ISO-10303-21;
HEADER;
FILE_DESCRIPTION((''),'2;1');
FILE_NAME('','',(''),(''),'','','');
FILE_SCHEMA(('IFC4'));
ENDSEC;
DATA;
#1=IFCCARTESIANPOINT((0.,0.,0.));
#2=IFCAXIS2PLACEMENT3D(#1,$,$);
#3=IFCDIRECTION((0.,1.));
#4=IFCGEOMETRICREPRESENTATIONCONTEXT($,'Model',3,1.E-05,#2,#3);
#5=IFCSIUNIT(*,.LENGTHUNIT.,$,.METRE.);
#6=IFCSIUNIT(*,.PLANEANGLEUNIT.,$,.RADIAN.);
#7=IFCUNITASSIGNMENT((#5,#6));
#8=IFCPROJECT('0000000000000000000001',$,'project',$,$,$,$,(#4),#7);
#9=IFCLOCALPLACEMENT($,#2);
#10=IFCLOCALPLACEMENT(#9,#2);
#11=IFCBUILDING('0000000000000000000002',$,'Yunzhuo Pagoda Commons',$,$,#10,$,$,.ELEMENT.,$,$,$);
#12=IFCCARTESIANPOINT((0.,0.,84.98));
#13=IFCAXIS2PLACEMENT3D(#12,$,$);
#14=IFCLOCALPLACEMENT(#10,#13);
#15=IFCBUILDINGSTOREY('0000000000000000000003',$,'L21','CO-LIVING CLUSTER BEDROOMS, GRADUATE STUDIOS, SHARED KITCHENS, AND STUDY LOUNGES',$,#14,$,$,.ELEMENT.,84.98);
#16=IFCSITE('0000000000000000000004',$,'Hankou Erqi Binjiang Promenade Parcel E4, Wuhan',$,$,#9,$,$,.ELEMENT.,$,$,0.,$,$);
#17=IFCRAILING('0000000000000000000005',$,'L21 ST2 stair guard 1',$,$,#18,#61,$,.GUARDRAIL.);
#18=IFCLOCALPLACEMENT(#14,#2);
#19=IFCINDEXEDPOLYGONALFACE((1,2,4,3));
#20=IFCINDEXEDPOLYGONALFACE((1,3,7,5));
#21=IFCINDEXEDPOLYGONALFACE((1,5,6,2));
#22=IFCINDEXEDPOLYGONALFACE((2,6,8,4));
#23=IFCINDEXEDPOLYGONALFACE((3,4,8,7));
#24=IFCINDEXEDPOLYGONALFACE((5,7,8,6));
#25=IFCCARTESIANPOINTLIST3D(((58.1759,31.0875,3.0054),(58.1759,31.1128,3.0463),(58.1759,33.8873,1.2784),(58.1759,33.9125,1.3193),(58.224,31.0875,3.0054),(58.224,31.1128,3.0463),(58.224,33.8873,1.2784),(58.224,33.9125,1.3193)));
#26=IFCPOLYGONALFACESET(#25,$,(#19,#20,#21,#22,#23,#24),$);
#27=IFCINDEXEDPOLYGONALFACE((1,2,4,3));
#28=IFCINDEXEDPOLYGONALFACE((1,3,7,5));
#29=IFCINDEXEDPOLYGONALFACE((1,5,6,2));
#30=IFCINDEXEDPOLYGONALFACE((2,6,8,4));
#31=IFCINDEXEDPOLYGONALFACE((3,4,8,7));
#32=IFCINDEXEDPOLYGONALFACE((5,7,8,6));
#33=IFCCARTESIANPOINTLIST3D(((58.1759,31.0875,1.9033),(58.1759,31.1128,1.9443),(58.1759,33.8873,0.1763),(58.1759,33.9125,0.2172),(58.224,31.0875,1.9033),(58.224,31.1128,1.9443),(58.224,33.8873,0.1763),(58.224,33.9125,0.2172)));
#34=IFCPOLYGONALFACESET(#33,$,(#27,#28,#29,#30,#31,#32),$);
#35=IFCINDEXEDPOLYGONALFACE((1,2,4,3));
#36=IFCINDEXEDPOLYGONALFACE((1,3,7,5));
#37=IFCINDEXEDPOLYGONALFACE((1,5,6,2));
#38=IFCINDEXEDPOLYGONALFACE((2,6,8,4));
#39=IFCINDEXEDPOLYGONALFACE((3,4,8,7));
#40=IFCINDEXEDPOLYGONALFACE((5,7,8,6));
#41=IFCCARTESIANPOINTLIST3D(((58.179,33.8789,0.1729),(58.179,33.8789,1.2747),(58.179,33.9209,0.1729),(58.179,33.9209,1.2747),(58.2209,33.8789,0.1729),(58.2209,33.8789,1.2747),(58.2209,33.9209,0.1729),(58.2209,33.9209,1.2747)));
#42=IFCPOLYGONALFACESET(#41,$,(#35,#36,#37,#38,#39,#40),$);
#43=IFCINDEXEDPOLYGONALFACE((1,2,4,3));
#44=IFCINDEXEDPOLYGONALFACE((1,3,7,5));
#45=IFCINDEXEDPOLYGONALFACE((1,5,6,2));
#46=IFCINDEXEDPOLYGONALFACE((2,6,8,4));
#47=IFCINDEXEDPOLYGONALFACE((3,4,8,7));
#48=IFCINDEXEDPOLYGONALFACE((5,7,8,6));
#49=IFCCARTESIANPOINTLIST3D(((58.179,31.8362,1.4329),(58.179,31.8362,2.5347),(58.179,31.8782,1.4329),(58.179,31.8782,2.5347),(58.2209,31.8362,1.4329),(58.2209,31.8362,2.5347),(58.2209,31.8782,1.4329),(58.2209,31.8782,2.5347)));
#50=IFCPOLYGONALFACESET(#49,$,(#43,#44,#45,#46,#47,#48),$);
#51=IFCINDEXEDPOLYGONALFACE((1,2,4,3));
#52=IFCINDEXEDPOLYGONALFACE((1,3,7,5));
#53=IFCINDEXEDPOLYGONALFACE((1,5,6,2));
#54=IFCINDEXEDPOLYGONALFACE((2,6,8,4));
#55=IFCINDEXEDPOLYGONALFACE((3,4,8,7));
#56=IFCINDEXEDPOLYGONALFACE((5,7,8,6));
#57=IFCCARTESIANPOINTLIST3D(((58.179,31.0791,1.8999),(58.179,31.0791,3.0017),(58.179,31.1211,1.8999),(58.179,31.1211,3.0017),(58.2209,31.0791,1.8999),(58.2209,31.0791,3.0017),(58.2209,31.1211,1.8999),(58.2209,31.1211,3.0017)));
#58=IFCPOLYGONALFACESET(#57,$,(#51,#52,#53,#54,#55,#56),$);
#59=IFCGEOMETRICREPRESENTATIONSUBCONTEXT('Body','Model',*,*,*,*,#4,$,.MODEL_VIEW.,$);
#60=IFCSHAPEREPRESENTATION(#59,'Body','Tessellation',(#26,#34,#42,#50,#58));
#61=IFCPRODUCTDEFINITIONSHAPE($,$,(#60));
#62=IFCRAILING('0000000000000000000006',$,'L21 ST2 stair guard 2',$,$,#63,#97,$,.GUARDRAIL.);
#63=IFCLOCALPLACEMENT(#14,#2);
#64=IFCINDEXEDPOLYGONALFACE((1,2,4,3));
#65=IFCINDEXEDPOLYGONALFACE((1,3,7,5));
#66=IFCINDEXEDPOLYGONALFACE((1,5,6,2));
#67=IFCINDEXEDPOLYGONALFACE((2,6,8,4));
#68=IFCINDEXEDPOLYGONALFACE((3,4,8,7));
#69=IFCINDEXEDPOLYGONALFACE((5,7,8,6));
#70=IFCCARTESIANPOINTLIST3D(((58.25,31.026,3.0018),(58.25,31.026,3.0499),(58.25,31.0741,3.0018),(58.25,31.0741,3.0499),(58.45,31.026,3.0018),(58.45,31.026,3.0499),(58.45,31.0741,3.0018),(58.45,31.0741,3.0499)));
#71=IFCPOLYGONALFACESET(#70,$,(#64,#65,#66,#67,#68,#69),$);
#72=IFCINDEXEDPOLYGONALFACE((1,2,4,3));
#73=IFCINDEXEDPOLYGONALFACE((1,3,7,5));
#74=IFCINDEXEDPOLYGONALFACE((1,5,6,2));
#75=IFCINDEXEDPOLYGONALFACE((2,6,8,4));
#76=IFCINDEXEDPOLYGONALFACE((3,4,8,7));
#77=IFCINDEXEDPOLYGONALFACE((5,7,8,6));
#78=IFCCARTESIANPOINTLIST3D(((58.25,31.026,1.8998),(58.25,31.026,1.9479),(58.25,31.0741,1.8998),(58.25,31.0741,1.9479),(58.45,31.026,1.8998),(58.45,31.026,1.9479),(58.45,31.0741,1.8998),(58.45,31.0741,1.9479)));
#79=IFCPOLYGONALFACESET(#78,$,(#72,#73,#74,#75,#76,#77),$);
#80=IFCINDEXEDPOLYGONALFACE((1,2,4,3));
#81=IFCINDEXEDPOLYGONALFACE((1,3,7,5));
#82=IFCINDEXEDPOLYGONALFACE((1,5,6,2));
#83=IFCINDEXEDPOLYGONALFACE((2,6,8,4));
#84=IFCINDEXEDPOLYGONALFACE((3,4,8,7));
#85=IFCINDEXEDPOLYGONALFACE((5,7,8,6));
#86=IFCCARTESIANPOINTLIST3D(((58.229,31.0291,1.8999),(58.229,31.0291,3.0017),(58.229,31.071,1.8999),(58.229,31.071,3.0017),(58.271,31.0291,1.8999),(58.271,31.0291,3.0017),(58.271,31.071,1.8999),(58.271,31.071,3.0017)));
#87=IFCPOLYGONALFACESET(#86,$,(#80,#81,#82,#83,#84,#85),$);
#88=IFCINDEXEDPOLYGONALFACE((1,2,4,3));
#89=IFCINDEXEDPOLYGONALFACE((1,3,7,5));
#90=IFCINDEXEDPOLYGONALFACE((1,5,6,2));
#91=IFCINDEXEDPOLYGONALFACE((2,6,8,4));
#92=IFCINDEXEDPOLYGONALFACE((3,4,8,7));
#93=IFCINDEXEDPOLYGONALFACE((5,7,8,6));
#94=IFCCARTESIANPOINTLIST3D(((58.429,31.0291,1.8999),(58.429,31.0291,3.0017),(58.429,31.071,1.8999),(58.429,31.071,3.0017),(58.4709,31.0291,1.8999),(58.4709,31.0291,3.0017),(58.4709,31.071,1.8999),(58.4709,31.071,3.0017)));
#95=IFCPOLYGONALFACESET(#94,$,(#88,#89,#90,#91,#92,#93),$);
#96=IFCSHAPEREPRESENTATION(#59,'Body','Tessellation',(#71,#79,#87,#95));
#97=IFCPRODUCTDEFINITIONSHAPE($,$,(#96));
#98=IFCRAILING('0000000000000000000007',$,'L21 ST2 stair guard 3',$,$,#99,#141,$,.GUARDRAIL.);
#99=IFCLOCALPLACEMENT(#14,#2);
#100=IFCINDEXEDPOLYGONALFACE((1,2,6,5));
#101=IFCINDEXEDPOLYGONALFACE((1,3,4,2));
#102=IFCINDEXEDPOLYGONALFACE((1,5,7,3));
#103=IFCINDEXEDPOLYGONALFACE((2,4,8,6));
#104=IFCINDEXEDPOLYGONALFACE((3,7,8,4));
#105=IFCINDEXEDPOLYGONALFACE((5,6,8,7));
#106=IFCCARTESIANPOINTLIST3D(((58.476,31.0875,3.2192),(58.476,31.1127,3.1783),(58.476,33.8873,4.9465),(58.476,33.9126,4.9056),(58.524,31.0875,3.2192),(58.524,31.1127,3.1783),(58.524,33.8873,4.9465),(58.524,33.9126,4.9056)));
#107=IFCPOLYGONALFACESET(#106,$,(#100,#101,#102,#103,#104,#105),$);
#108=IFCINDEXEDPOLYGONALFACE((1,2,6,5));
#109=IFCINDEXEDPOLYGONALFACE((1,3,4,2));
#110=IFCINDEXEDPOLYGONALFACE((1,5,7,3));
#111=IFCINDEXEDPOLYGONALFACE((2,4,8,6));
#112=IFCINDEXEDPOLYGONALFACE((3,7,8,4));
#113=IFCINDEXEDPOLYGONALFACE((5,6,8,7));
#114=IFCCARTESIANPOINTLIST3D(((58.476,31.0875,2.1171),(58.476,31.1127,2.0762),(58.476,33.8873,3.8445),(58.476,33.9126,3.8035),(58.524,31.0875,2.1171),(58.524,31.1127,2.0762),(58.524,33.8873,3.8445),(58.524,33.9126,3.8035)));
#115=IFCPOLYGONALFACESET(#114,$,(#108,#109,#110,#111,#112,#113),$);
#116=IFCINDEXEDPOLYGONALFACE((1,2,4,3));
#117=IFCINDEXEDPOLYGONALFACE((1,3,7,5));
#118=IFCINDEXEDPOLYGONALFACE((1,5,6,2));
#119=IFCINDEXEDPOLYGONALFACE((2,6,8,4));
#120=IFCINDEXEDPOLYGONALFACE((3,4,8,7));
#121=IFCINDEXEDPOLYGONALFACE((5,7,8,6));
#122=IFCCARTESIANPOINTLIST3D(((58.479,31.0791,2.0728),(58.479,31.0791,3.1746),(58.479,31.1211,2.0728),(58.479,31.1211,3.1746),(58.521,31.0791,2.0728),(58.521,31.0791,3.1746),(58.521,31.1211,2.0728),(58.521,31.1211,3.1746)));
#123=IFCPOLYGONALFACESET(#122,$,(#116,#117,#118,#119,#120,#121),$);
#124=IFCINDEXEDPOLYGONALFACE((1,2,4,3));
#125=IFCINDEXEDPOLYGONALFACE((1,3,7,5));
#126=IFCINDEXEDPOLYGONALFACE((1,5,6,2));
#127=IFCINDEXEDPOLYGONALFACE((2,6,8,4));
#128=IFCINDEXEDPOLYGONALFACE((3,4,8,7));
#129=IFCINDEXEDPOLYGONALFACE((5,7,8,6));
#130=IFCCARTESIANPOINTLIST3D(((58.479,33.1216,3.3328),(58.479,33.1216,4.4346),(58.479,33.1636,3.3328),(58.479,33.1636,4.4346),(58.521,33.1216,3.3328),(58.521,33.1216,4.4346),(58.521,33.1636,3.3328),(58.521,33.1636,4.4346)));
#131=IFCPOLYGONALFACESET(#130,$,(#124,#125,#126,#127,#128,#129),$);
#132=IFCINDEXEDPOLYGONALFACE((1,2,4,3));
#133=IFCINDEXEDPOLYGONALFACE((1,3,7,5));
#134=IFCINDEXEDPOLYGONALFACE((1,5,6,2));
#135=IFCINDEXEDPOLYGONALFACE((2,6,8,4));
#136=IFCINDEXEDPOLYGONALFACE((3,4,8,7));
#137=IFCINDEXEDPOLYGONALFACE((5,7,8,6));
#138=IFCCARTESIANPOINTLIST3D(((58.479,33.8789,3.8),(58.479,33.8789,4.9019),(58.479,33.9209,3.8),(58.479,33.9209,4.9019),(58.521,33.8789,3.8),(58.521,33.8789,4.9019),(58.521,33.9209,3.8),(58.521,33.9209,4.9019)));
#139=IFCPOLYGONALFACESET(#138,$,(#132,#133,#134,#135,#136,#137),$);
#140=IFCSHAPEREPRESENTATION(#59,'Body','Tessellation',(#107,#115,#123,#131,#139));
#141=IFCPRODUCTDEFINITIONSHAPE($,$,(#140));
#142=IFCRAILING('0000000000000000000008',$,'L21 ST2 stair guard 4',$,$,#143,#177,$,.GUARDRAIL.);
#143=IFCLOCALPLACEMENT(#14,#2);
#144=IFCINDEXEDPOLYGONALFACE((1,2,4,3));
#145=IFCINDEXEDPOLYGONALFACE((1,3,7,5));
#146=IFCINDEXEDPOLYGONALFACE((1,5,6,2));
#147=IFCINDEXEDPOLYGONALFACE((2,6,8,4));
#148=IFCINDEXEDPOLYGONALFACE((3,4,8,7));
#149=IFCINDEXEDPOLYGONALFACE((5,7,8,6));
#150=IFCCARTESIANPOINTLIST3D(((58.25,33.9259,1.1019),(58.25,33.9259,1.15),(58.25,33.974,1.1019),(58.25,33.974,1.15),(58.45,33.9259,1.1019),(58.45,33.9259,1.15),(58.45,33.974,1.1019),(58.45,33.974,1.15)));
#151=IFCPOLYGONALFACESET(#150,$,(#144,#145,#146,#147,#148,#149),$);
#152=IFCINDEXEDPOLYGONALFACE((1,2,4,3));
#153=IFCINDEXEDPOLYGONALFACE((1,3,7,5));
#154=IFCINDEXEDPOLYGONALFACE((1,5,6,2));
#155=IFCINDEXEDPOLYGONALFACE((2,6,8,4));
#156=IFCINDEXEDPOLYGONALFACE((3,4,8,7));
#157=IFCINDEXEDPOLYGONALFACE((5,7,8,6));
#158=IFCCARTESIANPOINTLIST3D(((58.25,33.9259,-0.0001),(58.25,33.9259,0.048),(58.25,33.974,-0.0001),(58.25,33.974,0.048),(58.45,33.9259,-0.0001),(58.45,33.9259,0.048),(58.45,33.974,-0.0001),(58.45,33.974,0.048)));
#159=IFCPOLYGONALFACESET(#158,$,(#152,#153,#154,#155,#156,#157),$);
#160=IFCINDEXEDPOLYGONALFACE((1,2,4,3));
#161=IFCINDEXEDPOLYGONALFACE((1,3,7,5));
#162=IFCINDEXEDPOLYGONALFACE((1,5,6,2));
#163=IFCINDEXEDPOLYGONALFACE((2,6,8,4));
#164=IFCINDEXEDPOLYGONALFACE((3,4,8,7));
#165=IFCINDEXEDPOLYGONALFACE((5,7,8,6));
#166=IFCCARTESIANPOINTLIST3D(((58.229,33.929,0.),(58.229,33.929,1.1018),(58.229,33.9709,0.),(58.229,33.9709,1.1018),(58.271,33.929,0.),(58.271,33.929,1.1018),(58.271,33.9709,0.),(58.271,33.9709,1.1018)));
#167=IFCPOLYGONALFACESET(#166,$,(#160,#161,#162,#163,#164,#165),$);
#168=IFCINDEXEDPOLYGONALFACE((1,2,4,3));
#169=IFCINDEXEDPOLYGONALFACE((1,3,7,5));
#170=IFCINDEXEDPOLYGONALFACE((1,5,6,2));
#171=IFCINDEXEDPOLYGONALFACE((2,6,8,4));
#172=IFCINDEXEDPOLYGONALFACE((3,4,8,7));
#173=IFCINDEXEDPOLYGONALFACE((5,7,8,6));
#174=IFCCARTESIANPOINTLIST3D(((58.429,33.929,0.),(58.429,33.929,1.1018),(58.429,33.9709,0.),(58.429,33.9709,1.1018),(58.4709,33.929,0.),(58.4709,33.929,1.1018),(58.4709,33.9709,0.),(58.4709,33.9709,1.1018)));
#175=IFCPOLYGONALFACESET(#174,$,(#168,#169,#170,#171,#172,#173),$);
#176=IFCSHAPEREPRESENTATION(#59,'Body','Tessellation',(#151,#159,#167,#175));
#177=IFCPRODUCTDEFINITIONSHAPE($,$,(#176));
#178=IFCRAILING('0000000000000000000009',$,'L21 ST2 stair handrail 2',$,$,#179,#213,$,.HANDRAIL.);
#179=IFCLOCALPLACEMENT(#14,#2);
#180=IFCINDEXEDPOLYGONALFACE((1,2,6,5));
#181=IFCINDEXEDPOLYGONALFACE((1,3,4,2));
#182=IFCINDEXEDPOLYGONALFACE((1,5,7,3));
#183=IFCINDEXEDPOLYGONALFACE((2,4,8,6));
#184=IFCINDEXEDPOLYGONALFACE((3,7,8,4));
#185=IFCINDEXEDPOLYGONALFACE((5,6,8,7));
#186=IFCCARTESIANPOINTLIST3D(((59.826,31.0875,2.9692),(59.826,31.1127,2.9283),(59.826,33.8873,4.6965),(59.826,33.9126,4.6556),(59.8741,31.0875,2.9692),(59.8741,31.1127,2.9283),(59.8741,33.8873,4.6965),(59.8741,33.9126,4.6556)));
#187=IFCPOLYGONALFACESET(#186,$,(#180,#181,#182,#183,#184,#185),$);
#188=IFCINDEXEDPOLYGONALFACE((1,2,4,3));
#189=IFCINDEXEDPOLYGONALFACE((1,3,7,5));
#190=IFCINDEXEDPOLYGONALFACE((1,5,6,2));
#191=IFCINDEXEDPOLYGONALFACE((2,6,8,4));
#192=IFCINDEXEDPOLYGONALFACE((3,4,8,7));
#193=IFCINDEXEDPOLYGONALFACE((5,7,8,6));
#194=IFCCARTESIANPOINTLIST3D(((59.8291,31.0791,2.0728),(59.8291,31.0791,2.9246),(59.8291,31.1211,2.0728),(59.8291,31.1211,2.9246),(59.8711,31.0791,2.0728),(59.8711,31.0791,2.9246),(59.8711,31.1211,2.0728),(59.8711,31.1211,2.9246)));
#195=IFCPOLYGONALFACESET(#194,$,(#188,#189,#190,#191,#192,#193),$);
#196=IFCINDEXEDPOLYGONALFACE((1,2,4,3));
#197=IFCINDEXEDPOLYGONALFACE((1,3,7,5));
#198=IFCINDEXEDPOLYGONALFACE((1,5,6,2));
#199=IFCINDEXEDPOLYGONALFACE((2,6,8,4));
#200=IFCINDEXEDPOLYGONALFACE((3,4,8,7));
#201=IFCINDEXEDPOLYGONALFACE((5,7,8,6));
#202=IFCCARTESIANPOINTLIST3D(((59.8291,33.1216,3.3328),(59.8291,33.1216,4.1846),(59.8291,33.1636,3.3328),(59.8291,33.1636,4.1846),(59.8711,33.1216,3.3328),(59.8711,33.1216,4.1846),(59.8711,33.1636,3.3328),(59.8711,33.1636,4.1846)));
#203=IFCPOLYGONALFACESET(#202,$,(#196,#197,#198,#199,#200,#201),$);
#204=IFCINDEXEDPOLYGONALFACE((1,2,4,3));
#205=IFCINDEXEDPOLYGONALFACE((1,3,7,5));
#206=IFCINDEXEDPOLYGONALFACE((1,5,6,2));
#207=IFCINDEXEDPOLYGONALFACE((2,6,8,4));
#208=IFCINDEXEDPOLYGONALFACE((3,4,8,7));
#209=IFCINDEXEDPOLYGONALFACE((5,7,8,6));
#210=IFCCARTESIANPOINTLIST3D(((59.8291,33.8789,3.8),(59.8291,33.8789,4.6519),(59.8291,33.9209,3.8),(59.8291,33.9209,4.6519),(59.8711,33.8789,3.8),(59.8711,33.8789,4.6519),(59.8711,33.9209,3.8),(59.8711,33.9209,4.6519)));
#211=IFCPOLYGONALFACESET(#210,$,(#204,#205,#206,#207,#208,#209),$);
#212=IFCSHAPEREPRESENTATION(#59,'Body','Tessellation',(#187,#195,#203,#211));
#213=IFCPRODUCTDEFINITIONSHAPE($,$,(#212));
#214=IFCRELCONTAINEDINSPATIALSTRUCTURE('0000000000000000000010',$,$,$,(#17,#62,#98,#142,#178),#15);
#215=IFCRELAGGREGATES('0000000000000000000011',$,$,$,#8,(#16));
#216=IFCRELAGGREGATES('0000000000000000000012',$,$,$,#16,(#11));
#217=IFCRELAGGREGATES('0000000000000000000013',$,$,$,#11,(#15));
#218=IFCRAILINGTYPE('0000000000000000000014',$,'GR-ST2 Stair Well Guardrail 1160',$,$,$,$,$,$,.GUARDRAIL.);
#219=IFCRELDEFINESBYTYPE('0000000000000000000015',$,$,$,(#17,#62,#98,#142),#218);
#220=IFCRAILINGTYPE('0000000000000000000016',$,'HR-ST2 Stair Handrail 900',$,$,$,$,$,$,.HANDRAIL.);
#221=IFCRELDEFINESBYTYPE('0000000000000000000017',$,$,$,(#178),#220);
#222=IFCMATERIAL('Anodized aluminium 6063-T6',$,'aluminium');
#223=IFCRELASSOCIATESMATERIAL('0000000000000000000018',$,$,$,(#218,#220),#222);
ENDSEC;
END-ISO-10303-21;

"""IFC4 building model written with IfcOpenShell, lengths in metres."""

from ifc_helpers import new_model, si_unit, direction, frame, origin, origin_2d, place, context, subcontext, project, spatial, rectangle, extrude, material, type_object, element, save


model = new_model("IFC4")

# Units and contexts
model_context = context("Model", 3, precision=1e-05, world=origin(), true_north=direction((0.0, 1.0)))
body_context = subcontext(model_context, "Body", "Model", "MODEL_VIEW")
ifc_project = project(units=[si_unit("LENGTHUNIT", "METRE"), si_unit("PLANEANGLEUNIT", "RADIAN")], contexts=[model_context])

# Site, building, storey
site_placement = place(None, origin())
site = spatial("IfcSite", under=ifc_project, at=site_placement, Name="Hankou Erqi Binjiang Promenade Parcel E4, Wuhan", CompositionType="ELEMENT", RefElevation=0.0)
building_placement = place(site_placement, origin())
building = spatial("IfcBuilding", under=site, at=building_placement, Name="Yunzhuo Pagoda Commons", CompositionType="ELEMENT")
storey_placement = place(building_placement, frame((0.0, 0.0, 84.98)))
storey = spatial("IfcBuildingStorey", under=building, at=storey_placement, Name="L21", Description="CO-LIVING CLUSTER BEDROOMS, GRADUATE STUDIOS, SHARED KITCHENS, AND STUDY LOUNGES", CompositionType="ELEMENT", Elevation=84.98)

# Shared definitions
ifc_material_1 = material(Name="Anodized aluminium 6063-T6", Category="aluminium")

# Railings
railing_type_1 = type_object("IfcRailingType", Name="GR-ST2 Stair Well Guardrail 1160", PredefinedType="GUARDRAIL", material=ifc_material_1)
railing_1_placement = place(storey_placement, frame((58.2, 33.8999, 0.1729)))
element("IfcRailing", 1, at=railing_1_placement, inside=storey, type_object=railing_type_1, Name="L21 ST2 stair guard 1", PredefinedType="GUARDRAIL", context=body_context, shape_type="SweptSolid", body=[
    extrude(rectangle(XDim=0.0481, YDim=0.0481, at=origin_2d()), frame((0.0, 0.0, 1.126), z_axis=(0.0, -0.851102, 0.525), x_axis=(1.0, 0.0, 0.0)), (0.0, 0.0, 1.0), 3.2896),
    extrude(rectangle(XDim=0.0481, YDim=0.0481, at=origin_2d()), frame((0.0, 0.0, 0.0239), z_axis=(0.0, -0.851102, 0.525), x_axis=(1.0, 0.0, 0.0)), (0.0, 0.0, 1.0), 3.2896),
    extrude(rectangle(XDim=0.042, YDim=0.042, at=origin_2d()), origin(), (0.0, 0.0, 1.0), 1.1018),
    extrude(rectangle(XDim=0.042, YDim=0.042, at=origin_2d()), frame((0.0, -2.0427, 1.26)), (0.0, 0.0, 1.0), 1.1018),
    extrude(rectangle(XDim=0.042, YDim=0.042, at=origin_2d()), frame((0.0, -2.7998, 1.7271)), (0.0, 0.0, 1.0), 1.1018),
])
railing_2_placement = place(storey_placement, frame((58.25, 31.05, 1.8999)))
element("IfcRailing", 2, at=railing_2_placement, inside=storey, type_object=railing_type_1, Name="L21 ST2 stair guard 2", PredefinedType="GUARDRAIL", context=body_context, shape_type="SweptSolid", body=[
    extrude(rectangle(XDim=0.0481, YDim=0.0481, at=origin_2d()), frame((0.0, 0.0, 1.126), z_axis=(1.0, 0.0, 0.0), x_axis=(0.0, 1.0, 0.0)), (0.0, 0.0, 1.0), 0.2),
    extrude(rectangle(XDim=0.0481, YDim=0.0481, at=origin_2d()), frame((0.0, 0.0, 0.0239), z_axis=(1.0, 0.0, 0.0), x_axis=(0.0, 1.0, 0.0)), (0.0, 0.0, 1.0), 0.2),
    extrude(rectangle(XDim=0.042, YDim=0.042, at=origin_2d()), origin(), (0.0, 0.0, 1.0), 1.1018),
    extrude(rectangle(XDim=0.042, YDim=0.042, at=origin_2d()), frame((0.2, 0.0, 0.0)), (0.0, 0.0, 1.0), 1.1018),
])
railing_3_placement = place(storey_placement, frame((58.5, 31.1001, 2.0728)))
element("IfcRailing", 3, at=railing_3_placement, inside=storey, type_object=railing_type_1, Name="L21 ST2 stair guard 3", PredefinedType="GUARDRAIL", context=body_context, shape_type="SweptSolid", body=[
    extrude(rectangle(XDim=0.0481, YDim=0.0481, at=origin_2d()), frame((0.0, 0.0, 1.126), z_axis=(0.0, 0.851069, 0.525054), x_axis=(-1.0, 0.0, 0.0)), (0.0, 0.0, 1.0), 3.2898),
    extrude(rectangle(XDim=0.0481, YDim=0.0481, at=origin_2d()), frame((0.0, 0.0, 0.0239), z_axis=(0.0, 0.851069, 0.525054), x_axis=(-1.0, 0.0, 0.0)), (0.0, 0.0, 1.0), 3.2898),
    extrude(rectangle(XDim=0.042, YDim=0.042, at=origin_2d()), origin(), (0.0, 0.0, 1.0), 1.1018),
    extrude(rectangle(XDim=0.042, YDim=0.042, at=origin_2d()), frame((0.0, 2.0425, 1.26)), (0.0, 0.0, 1.0), 1.1018),
    extrude(rectangle(XDim=0.042, YDim=0.042, at=origin_2d()), frame((0.0, 2.7998, 1.7273)), (0.0, 0.0, 1.0), 1.1018),
])
railing_4_placement = place(storey_placement, frame((58.25, 33.95, 0.0)))
element("IfcRailing", 4, at=railing_4_placement, inside=storey, type_object=railing_type_1, Name="L21 ST2 stair guard 4", PredefinedType="GUARDRAIL", context=body_context, shape_type="SweptSolid", body=[
    extrude(rectangle(XDim=0.0481, YDim=0.0481, at=origin_2d()), frame((0.0, 0.0, 1.126), z_axis=(1.0, 0.0, 0.0), x_axis=(0.0, 1.0, 0.0)), (0.0, 0.0, 1.0), 0.2),
    extrude(rectangle(XDim=0.0481, YDim=0.0481, at=origin_2d()), frame((0.0, 0.0, 0.0239), z_axis=(1.0, 0.0, 0.0), x_axis=(0.0, 1.0, 0.0)), (0.0, 0.0, 1.0), 0.2),
    extrude(rectangle(XDim=0.042, YDim=0.042, at=origin_2d()), origin(), (0.0, 0.0, 1.0), 1.1018),
    extrude(rectangle(XDim=0.042, YDim=0.042, at=origin_2d()), frame((0.2, 0.0, 0.0)), (0.0, 0.0, 1.0), 1.1018),
])
railing_type_2 = type_object("IfcRailingType", Name="HR-ST2 Stair Handrail 900", PredefinedType="HANDRAIL", material=ifc_material_1)
railing_5_placement = place(storey_placement, frame((59.8501, 31.1001, 2.0728)))
element("IfcRailing", 5, at=railing_5_placement, inside=storey, type_object=railing_type_2, Name="L21 ST2 stair handrail 2", PredefinedType="HANDRAIL", context=body_context, shape_type="SweptSolid", body=[
    extrude(rectangle(XDim=0.0481, YDim=0.0481, at=origin_2d()), frame((0.0, 0.0, 0.876), z_axis=(0.0, 0.851069, 0.525054), x_axis=(-1.0, 0.0, 0.0)), (0.0, 0.0, 1.0), 3.2898),
    extrude(rectangle(XDim=0.042, YDim=0.042, at=origin_2d()), origin(), (0.0, 0.0, 1.0), 0.8518),
    extrude(rectangle(XDim=0.042, YDim=0.042, at=origin_2d()), frame((0.0, 2.0425, 1.26)), (0.0, 0.0, 1.0), 0.8518),
    extrude(rectangle(XDim=0.042, YDim=0.042, at=origin_2d()), frame((0.0, 2.7998, 1.7273)), (0.0, 0.0, 1.0), 0.8518),
])

save(model, "model.ifc")
